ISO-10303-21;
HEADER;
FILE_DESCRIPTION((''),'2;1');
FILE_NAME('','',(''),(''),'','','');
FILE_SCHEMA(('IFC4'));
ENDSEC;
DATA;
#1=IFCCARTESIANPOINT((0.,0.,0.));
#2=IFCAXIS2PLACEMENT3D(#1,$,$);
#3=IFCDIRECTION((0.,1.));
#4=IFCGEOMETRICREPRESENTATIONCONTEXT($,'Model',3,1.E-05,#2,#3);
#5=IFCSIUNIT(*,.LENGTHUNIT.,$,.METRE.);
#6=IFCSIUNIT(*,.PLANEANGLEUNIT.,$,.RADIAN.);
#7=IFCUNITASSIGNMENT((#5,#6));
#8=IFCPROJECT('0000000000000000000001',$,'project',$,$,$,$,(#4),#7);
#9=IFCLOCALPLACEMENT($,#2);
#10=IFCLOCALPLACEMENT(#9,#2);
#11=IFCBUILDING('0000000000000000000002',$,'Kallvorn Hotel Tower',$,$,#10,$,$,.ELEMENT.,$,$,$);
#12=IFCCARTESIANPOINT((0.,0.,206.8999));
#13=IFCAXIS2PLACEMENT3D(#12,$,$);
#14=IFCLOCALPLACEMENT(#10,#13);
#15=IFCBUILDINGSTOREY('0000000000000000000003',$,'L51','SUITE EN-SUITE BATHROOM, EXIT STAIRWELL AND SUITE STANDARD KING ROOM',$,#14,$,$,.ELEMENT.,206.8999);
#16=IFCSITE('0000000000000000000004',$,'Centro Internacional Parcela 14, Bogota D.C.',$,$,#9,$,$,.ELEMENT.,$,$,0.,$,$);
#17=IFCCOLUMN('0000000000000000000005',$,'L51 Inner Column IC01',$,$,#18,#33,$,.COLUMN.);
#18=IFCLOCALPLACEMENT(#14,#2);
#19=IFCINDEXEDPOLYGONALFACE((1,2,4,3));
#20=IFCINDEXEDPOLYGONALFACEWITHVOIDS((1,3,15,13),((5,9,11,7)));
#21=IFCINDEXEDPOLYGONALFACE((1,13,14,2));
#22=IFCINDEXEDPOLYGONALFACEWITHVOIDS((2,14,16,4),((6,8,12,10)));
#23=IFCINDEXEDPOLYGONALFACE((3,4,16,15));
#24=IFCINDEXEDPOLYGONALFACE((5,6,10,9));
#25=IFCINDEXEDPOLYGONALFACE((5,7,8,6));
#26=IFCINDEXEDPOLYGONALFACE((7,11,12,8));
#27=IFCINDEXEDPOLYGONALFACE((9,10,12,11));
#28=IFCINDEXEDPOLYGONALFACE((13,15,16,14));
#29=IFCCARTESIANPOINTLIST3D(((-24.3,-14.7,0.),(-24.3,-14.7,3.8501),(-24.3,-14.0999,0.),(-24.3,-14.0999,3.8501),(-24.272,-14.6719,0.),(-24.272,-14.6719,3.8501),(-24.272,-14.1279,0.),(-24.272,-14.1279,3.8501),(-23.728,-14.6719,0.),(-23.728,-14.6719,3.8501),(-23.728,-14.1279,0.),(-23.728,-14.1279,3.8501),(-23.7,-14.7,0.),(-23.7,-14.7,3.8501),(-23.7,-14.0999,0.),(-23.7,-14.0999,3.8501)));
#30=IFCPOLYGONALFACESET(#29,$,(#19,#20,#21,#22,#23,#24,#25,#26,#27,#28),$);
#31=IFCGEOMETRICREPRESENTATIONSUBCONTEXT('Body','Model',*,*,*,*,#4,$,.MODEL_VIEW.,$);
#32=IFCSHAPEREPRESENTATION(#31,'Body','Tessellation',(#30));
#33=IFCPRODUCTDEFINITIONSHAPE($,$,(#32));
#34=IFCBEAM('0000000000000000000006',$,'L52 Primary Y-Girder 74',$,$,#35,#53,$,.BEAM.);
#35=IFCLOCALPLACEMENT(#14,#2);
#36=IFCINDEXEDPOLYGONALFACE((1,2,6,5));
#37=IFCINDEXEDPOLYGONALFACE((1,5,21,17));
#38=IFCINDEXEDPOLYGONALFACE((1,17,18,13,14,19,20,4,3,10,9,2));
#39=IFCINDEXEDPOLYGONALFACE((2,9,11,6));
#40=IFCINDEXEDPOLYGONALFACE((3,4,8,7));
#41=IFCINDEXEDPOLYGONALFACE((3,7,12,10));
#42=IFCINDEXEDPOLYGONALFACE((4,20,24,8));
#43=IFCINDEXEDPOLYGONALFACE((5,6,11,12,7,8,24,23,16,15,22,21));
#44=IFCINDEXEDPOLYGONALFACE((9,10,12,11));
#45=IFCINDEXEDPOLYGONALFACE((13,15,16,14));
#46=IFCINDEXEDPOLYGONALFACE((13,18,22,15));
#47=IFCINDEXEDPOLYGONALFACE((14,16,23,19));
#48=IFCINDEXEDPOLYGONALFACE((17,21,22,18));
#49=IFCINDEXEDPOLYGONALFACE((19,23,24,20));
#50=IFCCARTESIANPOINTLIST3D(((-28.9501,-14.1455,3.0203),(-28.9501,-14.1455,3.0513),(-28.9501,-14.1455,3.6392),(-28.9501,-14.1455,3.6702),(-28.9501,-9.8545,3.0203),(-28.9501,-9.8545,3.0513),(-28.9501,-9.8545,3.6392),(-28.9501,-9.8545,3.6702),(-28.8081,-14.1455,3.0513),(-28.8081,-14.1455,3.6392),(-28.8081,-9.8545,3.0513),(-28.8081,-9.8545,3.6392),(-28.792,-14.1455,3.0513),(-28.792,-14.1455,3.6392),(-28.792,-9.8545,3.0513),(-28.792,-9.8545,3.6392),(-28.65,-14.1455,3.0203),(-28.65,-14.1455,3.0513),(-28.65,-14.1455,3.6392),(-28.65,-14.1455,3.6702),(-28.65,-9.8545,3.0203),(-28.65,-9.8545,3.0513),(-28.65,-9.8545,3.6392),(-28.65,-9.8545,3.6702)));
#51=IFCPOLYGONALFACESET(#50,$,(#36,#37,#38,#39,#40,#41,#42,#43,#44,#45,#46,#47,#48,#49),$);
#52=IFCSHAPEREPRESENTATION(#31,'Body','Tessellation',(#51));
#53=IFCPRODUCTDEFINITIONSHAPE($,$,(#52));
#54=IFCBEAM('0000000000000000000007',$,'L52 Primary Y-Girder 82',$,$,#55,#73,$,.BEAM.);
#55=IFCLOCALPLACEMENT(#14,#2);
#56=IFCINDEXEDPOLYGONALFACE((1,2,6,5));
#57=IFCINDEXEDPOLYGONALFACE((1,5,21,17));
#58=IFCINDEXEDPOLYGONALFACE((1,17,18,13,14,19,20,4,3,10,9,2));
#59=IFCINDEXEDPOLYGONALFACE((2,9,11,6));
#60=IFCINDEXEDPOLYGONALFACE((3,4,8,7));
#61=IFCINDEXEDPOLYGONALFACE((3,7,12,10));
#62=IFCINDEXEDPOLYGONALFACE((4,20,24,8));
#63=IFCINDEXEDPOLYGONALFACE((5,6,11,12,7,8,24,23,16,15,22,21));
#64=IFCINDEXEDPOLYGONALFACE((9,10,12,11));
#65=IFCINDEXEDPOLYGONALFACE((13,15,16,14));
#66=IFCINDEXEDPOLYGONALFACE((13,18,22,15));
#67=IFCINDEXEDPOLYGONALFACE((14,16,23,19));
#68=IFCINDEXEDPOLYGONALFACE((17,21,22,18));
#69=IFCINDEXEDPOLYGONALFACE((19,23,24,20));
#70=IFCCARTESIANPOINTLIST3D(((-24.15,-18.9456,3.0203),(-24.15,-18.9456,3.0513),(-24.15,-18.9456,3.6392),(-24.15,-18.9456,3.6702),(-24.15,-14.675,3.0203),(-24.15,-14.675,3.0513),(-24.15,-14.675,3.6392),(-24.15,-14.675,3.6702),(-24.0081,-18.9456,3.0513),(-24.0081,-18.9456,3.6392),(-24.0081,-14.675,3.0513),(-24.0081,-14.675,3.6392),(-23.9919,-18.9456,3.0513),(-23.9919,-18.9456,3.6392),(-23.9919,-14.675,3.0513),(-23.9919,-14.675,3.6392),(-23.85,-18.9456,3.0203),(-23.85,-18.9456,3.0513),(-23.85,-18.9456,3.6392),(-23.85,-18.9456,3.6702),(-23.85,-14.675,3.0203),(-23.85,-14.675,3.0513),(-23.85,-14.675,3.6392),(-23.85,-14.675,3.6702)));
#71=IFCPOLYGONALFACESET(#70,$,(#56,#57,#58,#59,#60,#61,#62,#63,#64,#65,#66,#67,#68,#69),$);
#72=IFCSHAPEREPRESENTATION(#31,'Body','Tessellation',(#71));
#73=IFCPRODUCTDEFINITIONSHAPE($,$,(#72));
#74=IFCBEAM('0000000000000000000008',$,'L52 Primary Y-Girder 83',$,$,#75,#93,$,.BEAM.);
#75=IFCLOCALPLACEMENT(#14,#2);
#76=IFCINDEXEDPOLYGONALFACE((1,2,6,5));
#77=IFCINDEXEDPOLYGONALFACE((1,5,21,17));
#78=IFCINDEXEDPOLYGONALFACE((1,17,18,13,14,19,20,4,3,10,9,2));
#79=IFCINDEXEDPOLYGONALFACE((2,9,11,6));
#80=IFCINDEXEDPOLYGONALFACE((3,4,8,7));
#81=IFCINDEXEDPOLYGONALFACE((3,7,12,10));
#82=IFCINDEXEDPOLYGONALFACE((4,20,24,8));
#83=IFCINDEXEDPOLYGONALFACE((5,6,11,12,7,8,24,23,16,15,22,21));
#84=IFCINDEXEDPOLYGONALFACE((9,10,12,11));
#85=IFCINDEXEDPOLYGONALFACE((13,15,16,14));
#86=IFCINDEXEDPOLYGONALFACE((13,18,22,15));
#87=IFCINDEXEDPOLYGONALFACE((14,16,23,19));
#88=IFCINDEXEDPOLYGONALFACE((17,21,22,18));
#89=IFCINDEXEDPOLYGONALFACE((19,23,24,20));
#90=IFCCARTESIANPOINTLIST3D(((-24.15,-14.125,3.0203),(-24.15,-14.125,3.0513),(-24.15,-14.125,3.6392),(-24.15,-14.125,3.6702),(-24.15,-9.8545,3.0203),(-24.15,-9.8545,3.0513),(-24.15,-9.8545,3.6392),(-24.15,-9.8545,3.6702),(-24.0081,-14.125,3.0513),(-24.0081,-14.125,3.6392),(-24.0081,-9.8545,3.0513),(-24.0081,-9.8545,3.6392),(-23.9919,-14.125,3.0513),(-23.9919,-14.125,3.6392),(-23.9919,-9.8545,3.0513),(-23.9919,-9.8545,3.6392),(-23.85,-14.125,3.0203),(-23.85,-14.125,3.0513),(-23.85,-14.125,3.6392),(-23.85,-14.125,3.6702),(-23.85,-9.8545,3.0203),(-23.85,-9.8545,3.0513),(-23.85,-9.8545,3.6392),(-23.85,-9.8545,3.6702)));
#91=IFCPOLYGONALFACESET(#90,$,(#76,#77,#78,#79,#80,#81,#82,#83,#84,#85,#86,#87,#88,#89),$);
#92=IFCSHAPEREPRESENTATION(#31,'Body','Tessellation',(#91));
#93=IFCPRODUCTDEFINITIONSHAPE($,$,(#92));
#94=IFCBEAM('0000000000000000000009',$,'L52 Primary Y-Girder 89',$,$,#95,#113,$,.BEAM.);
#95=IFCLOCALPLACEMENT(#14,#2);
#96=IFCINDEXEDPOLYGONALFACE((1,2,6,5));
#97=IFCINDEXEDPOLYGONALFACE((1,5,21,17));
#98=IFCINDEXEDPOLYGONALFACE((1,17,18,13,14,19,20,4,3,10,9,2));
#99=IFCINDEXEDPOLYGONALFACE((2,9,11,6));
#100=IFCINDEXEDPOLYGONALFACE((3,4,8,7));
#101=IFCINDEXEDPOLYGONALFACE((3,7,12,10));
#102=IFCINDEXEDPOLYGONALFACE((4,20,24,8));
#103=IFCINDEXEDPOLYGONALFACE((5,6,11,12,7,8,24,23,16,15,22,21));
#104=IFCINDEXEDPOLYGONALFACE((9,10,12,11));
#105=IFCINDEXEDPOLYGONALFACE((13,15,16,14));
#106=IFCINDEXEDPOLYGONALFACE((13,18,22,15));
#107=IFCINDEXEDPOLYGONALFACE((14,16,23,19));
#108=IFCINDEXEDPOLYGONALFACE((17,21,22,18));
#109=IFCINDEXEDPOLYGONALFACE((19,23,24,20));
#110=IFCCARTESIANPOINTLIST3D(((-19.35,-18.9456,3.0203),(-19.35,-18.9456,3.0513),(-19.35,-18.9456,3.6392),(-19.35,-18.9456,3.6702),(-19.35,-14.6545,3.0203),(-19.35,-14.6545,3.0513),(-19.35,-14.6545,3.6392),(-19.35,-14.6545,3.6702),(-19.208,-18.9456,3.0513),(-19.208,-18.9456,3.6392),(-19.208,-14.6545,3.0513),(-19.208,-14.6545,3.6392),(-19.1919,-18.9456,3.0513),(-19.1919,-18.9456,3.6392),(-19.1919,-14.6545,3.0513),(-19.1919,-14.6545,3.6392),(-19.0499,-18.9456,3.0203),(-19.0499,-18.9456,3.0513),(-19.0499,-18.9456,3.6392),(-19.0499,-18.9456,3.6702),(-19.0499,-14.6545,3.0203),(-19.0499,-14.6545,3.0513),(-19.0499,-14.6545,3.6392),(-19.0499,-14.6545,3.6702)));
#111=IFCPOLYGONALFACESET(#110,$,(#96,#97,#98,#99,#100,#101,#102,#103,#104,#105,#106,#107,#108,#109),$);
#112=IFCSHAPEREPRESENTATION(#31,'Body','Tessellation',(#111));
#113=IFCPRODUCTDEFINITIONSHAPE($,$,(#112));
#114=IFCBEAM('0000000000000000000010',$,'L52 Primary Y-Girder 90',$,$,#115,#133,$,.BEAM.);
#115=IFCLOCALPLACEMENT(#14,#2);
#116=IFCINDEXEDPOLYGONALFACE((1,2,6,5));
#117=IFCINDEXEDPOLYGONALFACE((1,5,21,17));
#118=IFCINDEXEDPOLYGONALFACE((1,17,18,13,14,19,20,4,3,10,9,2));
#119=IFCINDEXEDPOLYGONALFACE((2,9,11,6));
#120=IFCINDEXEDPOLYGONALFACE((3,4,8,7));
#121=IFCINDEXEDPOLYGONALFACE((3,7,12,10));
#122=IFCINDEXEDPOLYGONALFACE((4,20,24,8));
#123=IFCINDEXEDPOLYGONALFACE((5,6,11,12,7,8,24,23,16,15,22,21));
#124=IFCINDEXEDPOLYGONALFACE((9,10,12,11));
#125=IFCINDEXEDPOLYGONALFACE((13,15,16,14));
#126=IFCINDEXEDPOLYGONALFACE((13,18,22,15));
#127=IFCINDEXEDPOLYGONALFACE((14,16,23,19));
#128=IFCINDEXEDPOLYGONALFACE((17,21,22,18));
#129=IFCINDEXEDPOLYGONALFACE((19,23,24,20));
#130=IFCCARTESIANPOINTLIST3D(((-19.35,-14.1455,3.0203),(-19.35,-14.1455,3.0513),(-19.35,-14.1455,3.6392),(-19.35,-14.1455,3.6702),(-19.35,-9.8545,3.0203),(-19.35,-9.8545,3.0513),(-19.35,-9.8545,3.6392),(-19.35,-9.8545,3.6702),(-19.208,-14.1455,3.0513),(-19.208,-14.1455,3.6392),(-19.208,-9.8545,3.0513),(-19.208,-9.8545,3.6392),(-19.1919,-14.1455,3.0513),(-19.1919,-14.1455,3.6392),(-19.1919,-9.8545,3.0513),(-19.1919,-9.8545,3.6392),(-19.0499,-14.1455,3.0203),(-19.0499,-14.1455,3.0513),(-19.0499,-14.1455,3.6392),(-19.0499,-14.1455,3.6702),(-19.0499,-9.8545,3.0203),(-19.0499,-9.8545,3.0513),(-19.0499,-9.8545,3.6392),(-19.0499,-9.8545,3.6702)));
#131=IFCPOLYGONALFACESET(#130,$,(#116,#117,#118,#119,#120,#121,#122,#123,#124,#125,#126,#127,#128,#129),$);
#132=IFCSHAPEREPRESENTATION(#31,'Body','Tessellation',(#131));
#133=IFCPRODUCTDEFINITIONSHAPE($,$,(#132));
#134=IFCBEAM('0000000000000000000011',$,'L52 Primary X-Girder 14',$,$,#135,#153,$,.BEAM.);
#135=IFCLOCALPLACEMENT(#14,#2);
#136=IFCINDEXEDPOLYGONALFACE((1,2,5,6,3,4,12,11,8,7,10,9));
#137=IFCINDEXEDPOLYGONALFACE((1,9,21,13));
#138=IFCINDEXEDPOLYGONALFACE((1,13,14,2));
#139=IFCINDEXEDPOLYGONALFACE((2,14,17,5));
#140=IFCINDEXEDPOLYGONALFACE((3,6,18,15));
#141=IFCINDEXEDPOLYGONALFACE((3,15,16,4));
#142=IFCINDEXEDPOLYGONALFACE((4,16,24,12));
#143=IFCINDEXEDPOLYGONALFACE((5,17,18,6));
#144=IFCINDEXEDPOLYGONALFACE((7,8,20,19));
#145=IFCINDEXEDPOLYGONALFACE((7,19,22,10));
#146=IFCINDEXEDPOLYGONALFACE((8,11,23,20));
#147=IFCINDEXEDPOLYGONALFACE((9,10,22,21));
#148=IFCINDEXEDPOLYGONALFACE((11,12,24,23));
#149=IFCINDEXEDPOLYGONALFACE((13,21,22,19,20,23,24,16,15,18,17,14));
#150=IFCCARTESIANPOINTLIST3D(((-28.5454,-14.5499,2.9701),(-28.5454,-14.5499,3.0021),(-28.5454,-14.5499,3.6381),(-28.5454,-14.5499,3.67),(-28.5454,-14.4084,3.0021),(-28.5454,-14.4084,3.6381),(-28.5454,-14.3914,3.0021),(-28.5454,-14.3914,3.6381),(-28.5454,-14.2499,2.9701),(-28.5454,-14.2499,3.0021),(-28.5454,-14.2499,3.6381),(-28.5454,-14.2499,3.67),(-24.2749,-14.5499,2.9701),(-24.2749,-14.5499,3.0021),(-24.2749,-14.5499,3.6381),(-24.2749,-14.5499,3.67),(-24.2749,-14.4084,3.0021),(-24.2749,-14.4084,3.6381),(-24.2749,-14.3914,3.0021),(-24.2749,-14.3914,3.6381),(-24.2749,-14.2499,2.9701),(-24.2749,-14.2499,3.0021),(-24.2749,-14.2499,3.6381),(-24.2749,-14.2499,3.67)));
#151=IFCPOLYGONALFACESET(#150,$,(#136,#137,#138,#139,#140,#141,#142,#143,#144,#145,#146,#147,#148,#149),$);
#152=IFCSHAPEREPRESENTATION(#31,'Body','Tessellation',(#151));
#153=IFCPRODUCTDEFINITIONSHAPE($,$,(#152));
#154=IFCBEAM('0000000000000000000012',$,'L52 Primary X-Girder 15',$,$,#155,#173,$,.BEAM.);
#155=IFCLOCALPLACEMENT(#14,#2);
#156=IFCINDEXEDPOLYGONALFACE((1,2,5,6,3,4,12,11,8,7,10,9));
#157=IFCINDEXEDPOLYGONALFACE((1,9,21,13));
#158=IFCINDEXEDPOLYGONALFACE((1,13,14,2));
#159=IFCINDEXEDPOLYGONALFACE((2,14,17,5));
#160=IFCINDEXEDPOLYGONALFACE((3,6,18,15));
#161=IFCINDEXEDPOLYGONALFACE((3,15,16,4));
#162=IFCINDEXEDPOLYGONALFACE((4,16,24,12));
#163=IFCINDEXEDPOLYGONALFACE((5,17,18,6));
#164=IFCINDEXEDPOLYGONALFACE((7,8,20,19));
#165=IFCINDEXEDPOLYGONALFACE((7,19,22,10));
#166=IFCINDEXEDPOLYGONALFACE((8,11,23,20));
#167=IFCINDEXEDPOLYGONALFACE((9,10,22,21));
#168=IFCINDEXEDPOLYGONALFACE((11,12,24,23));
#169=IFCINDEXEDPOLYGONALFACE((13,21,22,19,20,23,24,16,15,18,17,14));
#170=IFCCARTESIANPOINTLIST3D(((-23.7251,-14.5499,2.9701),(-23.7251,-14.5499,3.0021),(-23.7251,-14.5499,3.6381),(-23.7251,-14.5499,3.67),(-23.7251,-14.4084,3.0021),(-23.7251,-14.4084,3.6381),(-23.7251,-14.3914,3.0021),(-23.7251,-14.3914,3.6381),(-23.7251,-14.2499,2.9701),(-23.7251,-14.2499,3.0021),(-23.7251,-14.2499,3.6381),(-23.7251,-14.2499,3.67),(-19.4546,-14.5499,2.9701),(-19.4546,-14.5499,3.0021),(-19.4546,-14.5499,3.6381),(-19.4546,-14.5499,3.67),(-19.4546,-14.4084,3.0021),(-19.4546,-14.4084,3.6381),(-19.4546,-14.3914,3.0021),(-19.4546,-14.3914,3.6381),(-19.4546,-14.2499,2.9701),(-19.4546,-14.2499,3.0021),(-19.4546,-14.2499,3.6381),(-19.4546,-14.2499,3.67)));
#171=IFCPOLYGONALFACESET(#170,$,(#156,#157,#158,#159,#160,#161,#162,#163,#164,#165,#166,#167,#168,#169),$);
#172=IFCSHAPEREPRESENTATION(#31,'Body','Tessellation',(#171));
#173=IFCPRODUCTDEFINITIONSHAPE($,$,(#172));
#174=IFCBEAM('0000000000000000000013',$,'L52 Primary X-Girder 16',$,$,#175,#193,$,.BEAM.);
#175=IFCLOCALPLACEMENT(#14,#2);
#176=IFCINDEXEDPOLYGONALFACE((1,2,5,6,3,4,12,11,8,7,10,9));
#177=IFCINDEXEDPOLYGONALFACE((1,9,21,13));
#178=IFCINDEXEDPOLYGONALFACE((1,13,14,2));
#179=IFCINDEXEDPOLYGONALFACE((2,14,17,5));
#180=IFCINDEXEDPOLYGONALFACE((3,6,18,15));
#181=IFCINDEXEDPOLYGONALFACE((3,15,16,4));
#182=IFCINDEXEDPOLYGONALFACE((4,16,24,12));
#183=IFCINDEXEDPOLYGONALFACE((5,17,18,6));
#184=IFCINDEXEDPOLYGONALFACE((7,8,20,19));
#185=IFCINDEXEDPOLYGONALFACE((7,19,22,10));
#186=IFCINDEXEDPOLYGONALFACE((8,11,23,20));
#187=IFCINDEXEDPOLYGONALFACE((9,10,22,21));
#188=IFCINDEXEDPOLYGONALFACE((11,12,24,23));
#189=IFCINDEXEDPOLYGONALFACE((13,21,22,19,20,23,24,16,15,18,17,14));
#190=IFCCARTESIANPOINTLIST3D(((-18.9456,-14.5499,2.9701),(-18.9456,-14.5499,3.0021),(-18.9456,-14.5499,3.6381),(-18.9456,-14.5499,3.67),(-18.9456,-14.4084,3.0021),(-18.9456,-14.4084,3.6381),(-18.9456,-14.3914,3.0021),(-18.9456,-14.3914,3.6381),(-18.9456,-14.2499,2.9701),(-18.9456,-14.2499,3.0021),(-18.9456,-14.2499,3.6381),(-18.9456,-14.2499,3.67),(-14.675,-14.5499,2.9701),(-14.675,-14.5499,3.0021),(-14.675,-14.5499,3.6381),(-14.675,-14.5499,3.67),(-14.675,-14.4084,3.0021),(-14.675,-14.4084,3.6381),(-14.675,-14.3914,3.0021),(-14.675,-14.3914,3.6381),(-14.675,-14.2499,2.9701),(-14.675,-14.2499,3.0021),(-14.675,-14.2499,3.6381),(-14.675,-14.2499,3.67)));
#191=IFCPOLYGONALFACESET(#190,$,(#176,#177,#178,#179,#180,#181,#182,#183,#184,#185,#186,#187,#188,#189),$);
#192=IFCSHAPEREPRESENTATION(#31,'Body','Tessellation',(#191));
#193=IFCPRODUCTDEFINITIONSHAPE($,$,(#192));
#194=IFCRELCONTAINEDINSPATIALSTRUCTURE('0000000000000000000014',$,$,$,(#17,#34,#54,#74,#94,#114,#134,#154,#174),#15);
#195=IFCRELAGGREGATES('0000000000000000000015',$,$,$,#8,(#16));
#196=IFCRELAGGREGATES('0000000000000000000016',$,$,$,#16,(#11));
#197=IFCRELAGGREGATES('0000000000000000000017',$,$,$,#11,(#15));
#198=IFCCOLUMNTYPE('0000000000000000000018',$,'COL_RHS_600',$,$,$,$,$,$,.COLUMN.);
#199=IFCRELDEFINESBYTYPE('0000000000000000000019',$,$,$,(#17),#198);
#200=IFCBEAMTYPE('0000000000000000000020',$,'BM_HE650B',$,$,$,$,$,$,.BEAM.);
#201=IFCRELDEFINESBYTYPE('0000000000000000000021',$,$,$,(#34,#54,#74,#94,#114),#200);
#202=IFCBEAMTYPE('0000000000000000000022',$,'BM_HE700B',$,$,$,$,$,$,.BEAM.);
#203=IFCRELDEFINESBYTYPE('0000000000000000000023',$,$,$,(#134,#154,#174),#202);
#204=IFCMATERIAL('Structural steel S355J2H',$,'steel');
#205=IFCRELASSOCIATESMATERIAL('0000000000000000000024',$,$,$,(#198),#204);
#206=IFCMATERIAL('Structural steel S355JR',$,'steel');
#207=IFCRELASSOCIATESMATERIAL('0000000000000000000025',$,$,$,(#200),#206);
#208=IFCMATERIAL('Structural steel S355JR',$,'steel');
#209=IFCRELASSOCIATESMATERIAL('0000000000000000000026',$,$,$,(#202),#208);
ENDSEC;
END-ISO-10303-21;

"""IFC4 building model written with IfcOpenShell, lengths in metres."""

from ifc_helpers import new_model, si_unit, direction, frame, origin, origin_2d, place, context, subcontext, project, spatial, hollow_rectangle, i_section, extrude, material, material_profile, profile_set, type_object, element, save


model = new_model("IFC4")

# Units and contexts
model_context = context("Model", 3, precision=1e-05, world=origin(), true_north=direction((0.0, 1.0)))
body_context = subcontext(model_context, "Body", "Model", "MODEL_VIEW")
ifc_project = project(units=[si_unit("LENGTHUNIT", "METRE"), si_unit("PLANEANGLEUNIT", "RADIAN")], contexts=[model_context])

# Site, building, storey
site_placement = place(None, origin())
site = spatial("IfcSite", under=ifc_project, at=site_placement, Name="Centro Internacional Parcela 14, Bogota D.C.", CompositionType="ELEMENT", RefElevation=0.0)
building_placement = place(site_placement, origin())
building = spatial("IfcBuilding", under=site, at=building_placement, Name="Kallvorn Hotel Tower", CompositionType="ELEMENT")
storey_placement = place(building_placement, frame((0.0, 0.0, 206.8999)))
storey = spatial("IfcBuildingStorey", under=building, at=storey_placement, Name="L51", Description="SUITE EN-SUITE BATHROOM, EXIT STAIRWELL AND SUITE STANDARD KING ROOM", CompositionType="ELEMENT", Elevation=206.8999)

# Column
ifc_material_1 = material(Name="Structural steel S355J2H", Category="steel")
ifc_material_profile_1 = material_profile(ifc_material_1, hollow_rectangle(XDim=0.6001, YDim=0.6001, WallThickness=0.0281, at=origin_2d()), Name="RHS 600x600x28")
ifc_profile_set_1 = profile_set([ifc_material_profile_1], Name="Structural steel S355J2H")
column_type_1 = type_object("IfcColumnType", Name="COL_RHS_600", PredefinedType="COLUMN", material=ifc_profile_set_1)
column_placement = place(storey_placement, frame((-24.0, -14.3999, 0.0), z_axis=(0.0, 0.0, 1.0), x_axis=(1.0, 0.0, 0.0)))
element("IfcColumn", 1, at=column_placement, inside=storey, type_object=column_type_1, Name="L51 Inner Column IC01", PredefinedType="COLUMN", context=body_context, shape_type="SweptSolid", body=[
    extrude(hollow_rectangle(XDim=0.6001, YDim=0.6001, WallThickness=0.0281, at=origin_2d()), origin(), (0.0, 0.0, 1.0), 3.8501),
])

# Beams
ifc_material_2 = material(Name="Structural steel S355JR", Category="steel")
ifc_material_profile_2 = material_profile(ifc_material_2, i_section(OverallWidth=0.3, OverallDepth=0.6499, WebThickness=0.0161, FlangeThickness=0.031, at=origin_2d()), Name="HE 650 B")
ifc_profile_set_2 = profile_set([ifc_material_profile_2], Name="Structural steel S355JR")
beam_type_1 = type_object("IfcBeamType", Name="BM_HE650B", PredefinedType="BEAM", material=ifc_profile_set_2)
beam_1_placement = place(storey_placement, frame((-28.8, -14.1455, 3.3452), z_axis=(0.0, 1.0, 0.0), x_axis=(-1.0, 0.0, 0.0)))
element("IfcBeam", 2, at=beam_1_placement, inside=storey, type_object=beam_type_1, Name="L52 Primary Y-Girder 74", PredefinedType="BEAM", context=body_context, shape_type="SweptSolid", body=[
    extrude(i_section(OverallWidth=0.3, OverallDepth=0.6499, WebThickness=0.0161, FlangeThickness=0.031, at=origin_2d()), origin(), (0.0, 0.0, 1.0), 4.291),
])
for number, where, z_axis, x_axis, name in (
    (3, (-24.0, -18.9456, 3.3452), (0.0, 1.0, 0.0), (-1.0, 0.0, 0.0), "L52 Primary Y-Girder 82"),
    (4, (-24.0, -14.125, 3.3452), (0.0, 1.0, 0.0), (-1.0, 0.0, 0.0), "L52 Primary Y-Girder 83"),
):
    element("IfcBeam", number, at=place(storey_placement, frame(where, z_axis=z_axis, x_axis=x_axis)), inside=storey, type_object=beam_type_1, Name=name, PredefinedType="BEAM", context=body_context, shape_type="SweptSolid", body=[
        extrude(i_section(OverallWidth=0.3, OverallDepth=0.6499, WebThickness=0.0161, FlangeThickness=0.031, at=origin_2d()), origin(), (0.0, 0.0, 1.0), 4.2705),
    ])
for number, where, z_axis, x_axis, name in (
    (5, (-19.2, -18.9456, 3.3452), (0.0, 1.0, 0.0), (-1.0, 0.0, 0.0), "L52 Primary Y-Girder 89"),
    (6, (-19.2, -14.1455, 3.3452), (0.0, 1.0, 0.0), (-1.0, 0.0, 0.0), "L52 Primary Y-Girder 90"),
):
    element("IfcBeam", number, at=place(storey_placement, frame(where, z_axis=z_axis, x_axis=x_axis)), inside=storey, type_object=beam_type_1, Name=name, PredefinedType="BEAM", context=body_context, shape_type="SweptSolid", body=[
        extrude(i_section(OverallWidth=0.3, OverallDepth=0.6499, WebThickness=0.0161, FlangeThickness=0.031, at=origin_2d()), origin(), (0.0, 0.0, 1.0), 4.291),
    ])
ifc_material_3 = material(Name="Structural steel S355JR", Category="steel")
ifc_material_profile_3 = material_profile(ifc_material_3, i_section(OverallWidth=0.3, OverallDepth=0.7, WebThickness=0.0171, FlangeThickness=0.032, at=origin_2d()), Name="HE 700 B")
ifc_profile_set_3 = profile_set([ifc_material_profile_3], Name="Structural steel S355JR")
beam_type_2 = type_object("IfcBeamType", Name="BM_HE700B", PredefinedType="BEAM", material=ifc_profile_set_3)
for number, where, z_axis, x_axis, name in (
    (7, (-28.5454, -14.3999, 3.3201), (1.0, 0.0, 0.0), (0.0, 1.0, 0.0), "L52 Primary X-Girder 14"),
    (8, (-23.7251, -14.3999, 3.3201), (1.0, 0.0, 0.0), (0.0, 1.0, 0.0), "L52 Primary X-Girder 15"),
    (9, (-18.9456, -14.3999, 3.3201), (1.0, 0.0, 0.0), (0.0, 1.0, 0.0), "L52 Primary X-Girder 16"),
):
    element("IfcBeam", number, at=place(storey_placement, frame(where, z_axis=z_axis, x_axis=x_axis)), inside=storey, type_object=beam_type_2, Name=name, PredefinedType="BEAM", context=body_context, shape_type="SweptSolid", body=[
        extrude(i_section(OverallWidth=0.3, OverallDepth=0.7, WebThickness=0.0171, FlangeThickness=0.032, at=origin_2d()), origin(), (0.0, 0.0, 1.0), 4.2705),
    ])

save(model, "model.ifc")
